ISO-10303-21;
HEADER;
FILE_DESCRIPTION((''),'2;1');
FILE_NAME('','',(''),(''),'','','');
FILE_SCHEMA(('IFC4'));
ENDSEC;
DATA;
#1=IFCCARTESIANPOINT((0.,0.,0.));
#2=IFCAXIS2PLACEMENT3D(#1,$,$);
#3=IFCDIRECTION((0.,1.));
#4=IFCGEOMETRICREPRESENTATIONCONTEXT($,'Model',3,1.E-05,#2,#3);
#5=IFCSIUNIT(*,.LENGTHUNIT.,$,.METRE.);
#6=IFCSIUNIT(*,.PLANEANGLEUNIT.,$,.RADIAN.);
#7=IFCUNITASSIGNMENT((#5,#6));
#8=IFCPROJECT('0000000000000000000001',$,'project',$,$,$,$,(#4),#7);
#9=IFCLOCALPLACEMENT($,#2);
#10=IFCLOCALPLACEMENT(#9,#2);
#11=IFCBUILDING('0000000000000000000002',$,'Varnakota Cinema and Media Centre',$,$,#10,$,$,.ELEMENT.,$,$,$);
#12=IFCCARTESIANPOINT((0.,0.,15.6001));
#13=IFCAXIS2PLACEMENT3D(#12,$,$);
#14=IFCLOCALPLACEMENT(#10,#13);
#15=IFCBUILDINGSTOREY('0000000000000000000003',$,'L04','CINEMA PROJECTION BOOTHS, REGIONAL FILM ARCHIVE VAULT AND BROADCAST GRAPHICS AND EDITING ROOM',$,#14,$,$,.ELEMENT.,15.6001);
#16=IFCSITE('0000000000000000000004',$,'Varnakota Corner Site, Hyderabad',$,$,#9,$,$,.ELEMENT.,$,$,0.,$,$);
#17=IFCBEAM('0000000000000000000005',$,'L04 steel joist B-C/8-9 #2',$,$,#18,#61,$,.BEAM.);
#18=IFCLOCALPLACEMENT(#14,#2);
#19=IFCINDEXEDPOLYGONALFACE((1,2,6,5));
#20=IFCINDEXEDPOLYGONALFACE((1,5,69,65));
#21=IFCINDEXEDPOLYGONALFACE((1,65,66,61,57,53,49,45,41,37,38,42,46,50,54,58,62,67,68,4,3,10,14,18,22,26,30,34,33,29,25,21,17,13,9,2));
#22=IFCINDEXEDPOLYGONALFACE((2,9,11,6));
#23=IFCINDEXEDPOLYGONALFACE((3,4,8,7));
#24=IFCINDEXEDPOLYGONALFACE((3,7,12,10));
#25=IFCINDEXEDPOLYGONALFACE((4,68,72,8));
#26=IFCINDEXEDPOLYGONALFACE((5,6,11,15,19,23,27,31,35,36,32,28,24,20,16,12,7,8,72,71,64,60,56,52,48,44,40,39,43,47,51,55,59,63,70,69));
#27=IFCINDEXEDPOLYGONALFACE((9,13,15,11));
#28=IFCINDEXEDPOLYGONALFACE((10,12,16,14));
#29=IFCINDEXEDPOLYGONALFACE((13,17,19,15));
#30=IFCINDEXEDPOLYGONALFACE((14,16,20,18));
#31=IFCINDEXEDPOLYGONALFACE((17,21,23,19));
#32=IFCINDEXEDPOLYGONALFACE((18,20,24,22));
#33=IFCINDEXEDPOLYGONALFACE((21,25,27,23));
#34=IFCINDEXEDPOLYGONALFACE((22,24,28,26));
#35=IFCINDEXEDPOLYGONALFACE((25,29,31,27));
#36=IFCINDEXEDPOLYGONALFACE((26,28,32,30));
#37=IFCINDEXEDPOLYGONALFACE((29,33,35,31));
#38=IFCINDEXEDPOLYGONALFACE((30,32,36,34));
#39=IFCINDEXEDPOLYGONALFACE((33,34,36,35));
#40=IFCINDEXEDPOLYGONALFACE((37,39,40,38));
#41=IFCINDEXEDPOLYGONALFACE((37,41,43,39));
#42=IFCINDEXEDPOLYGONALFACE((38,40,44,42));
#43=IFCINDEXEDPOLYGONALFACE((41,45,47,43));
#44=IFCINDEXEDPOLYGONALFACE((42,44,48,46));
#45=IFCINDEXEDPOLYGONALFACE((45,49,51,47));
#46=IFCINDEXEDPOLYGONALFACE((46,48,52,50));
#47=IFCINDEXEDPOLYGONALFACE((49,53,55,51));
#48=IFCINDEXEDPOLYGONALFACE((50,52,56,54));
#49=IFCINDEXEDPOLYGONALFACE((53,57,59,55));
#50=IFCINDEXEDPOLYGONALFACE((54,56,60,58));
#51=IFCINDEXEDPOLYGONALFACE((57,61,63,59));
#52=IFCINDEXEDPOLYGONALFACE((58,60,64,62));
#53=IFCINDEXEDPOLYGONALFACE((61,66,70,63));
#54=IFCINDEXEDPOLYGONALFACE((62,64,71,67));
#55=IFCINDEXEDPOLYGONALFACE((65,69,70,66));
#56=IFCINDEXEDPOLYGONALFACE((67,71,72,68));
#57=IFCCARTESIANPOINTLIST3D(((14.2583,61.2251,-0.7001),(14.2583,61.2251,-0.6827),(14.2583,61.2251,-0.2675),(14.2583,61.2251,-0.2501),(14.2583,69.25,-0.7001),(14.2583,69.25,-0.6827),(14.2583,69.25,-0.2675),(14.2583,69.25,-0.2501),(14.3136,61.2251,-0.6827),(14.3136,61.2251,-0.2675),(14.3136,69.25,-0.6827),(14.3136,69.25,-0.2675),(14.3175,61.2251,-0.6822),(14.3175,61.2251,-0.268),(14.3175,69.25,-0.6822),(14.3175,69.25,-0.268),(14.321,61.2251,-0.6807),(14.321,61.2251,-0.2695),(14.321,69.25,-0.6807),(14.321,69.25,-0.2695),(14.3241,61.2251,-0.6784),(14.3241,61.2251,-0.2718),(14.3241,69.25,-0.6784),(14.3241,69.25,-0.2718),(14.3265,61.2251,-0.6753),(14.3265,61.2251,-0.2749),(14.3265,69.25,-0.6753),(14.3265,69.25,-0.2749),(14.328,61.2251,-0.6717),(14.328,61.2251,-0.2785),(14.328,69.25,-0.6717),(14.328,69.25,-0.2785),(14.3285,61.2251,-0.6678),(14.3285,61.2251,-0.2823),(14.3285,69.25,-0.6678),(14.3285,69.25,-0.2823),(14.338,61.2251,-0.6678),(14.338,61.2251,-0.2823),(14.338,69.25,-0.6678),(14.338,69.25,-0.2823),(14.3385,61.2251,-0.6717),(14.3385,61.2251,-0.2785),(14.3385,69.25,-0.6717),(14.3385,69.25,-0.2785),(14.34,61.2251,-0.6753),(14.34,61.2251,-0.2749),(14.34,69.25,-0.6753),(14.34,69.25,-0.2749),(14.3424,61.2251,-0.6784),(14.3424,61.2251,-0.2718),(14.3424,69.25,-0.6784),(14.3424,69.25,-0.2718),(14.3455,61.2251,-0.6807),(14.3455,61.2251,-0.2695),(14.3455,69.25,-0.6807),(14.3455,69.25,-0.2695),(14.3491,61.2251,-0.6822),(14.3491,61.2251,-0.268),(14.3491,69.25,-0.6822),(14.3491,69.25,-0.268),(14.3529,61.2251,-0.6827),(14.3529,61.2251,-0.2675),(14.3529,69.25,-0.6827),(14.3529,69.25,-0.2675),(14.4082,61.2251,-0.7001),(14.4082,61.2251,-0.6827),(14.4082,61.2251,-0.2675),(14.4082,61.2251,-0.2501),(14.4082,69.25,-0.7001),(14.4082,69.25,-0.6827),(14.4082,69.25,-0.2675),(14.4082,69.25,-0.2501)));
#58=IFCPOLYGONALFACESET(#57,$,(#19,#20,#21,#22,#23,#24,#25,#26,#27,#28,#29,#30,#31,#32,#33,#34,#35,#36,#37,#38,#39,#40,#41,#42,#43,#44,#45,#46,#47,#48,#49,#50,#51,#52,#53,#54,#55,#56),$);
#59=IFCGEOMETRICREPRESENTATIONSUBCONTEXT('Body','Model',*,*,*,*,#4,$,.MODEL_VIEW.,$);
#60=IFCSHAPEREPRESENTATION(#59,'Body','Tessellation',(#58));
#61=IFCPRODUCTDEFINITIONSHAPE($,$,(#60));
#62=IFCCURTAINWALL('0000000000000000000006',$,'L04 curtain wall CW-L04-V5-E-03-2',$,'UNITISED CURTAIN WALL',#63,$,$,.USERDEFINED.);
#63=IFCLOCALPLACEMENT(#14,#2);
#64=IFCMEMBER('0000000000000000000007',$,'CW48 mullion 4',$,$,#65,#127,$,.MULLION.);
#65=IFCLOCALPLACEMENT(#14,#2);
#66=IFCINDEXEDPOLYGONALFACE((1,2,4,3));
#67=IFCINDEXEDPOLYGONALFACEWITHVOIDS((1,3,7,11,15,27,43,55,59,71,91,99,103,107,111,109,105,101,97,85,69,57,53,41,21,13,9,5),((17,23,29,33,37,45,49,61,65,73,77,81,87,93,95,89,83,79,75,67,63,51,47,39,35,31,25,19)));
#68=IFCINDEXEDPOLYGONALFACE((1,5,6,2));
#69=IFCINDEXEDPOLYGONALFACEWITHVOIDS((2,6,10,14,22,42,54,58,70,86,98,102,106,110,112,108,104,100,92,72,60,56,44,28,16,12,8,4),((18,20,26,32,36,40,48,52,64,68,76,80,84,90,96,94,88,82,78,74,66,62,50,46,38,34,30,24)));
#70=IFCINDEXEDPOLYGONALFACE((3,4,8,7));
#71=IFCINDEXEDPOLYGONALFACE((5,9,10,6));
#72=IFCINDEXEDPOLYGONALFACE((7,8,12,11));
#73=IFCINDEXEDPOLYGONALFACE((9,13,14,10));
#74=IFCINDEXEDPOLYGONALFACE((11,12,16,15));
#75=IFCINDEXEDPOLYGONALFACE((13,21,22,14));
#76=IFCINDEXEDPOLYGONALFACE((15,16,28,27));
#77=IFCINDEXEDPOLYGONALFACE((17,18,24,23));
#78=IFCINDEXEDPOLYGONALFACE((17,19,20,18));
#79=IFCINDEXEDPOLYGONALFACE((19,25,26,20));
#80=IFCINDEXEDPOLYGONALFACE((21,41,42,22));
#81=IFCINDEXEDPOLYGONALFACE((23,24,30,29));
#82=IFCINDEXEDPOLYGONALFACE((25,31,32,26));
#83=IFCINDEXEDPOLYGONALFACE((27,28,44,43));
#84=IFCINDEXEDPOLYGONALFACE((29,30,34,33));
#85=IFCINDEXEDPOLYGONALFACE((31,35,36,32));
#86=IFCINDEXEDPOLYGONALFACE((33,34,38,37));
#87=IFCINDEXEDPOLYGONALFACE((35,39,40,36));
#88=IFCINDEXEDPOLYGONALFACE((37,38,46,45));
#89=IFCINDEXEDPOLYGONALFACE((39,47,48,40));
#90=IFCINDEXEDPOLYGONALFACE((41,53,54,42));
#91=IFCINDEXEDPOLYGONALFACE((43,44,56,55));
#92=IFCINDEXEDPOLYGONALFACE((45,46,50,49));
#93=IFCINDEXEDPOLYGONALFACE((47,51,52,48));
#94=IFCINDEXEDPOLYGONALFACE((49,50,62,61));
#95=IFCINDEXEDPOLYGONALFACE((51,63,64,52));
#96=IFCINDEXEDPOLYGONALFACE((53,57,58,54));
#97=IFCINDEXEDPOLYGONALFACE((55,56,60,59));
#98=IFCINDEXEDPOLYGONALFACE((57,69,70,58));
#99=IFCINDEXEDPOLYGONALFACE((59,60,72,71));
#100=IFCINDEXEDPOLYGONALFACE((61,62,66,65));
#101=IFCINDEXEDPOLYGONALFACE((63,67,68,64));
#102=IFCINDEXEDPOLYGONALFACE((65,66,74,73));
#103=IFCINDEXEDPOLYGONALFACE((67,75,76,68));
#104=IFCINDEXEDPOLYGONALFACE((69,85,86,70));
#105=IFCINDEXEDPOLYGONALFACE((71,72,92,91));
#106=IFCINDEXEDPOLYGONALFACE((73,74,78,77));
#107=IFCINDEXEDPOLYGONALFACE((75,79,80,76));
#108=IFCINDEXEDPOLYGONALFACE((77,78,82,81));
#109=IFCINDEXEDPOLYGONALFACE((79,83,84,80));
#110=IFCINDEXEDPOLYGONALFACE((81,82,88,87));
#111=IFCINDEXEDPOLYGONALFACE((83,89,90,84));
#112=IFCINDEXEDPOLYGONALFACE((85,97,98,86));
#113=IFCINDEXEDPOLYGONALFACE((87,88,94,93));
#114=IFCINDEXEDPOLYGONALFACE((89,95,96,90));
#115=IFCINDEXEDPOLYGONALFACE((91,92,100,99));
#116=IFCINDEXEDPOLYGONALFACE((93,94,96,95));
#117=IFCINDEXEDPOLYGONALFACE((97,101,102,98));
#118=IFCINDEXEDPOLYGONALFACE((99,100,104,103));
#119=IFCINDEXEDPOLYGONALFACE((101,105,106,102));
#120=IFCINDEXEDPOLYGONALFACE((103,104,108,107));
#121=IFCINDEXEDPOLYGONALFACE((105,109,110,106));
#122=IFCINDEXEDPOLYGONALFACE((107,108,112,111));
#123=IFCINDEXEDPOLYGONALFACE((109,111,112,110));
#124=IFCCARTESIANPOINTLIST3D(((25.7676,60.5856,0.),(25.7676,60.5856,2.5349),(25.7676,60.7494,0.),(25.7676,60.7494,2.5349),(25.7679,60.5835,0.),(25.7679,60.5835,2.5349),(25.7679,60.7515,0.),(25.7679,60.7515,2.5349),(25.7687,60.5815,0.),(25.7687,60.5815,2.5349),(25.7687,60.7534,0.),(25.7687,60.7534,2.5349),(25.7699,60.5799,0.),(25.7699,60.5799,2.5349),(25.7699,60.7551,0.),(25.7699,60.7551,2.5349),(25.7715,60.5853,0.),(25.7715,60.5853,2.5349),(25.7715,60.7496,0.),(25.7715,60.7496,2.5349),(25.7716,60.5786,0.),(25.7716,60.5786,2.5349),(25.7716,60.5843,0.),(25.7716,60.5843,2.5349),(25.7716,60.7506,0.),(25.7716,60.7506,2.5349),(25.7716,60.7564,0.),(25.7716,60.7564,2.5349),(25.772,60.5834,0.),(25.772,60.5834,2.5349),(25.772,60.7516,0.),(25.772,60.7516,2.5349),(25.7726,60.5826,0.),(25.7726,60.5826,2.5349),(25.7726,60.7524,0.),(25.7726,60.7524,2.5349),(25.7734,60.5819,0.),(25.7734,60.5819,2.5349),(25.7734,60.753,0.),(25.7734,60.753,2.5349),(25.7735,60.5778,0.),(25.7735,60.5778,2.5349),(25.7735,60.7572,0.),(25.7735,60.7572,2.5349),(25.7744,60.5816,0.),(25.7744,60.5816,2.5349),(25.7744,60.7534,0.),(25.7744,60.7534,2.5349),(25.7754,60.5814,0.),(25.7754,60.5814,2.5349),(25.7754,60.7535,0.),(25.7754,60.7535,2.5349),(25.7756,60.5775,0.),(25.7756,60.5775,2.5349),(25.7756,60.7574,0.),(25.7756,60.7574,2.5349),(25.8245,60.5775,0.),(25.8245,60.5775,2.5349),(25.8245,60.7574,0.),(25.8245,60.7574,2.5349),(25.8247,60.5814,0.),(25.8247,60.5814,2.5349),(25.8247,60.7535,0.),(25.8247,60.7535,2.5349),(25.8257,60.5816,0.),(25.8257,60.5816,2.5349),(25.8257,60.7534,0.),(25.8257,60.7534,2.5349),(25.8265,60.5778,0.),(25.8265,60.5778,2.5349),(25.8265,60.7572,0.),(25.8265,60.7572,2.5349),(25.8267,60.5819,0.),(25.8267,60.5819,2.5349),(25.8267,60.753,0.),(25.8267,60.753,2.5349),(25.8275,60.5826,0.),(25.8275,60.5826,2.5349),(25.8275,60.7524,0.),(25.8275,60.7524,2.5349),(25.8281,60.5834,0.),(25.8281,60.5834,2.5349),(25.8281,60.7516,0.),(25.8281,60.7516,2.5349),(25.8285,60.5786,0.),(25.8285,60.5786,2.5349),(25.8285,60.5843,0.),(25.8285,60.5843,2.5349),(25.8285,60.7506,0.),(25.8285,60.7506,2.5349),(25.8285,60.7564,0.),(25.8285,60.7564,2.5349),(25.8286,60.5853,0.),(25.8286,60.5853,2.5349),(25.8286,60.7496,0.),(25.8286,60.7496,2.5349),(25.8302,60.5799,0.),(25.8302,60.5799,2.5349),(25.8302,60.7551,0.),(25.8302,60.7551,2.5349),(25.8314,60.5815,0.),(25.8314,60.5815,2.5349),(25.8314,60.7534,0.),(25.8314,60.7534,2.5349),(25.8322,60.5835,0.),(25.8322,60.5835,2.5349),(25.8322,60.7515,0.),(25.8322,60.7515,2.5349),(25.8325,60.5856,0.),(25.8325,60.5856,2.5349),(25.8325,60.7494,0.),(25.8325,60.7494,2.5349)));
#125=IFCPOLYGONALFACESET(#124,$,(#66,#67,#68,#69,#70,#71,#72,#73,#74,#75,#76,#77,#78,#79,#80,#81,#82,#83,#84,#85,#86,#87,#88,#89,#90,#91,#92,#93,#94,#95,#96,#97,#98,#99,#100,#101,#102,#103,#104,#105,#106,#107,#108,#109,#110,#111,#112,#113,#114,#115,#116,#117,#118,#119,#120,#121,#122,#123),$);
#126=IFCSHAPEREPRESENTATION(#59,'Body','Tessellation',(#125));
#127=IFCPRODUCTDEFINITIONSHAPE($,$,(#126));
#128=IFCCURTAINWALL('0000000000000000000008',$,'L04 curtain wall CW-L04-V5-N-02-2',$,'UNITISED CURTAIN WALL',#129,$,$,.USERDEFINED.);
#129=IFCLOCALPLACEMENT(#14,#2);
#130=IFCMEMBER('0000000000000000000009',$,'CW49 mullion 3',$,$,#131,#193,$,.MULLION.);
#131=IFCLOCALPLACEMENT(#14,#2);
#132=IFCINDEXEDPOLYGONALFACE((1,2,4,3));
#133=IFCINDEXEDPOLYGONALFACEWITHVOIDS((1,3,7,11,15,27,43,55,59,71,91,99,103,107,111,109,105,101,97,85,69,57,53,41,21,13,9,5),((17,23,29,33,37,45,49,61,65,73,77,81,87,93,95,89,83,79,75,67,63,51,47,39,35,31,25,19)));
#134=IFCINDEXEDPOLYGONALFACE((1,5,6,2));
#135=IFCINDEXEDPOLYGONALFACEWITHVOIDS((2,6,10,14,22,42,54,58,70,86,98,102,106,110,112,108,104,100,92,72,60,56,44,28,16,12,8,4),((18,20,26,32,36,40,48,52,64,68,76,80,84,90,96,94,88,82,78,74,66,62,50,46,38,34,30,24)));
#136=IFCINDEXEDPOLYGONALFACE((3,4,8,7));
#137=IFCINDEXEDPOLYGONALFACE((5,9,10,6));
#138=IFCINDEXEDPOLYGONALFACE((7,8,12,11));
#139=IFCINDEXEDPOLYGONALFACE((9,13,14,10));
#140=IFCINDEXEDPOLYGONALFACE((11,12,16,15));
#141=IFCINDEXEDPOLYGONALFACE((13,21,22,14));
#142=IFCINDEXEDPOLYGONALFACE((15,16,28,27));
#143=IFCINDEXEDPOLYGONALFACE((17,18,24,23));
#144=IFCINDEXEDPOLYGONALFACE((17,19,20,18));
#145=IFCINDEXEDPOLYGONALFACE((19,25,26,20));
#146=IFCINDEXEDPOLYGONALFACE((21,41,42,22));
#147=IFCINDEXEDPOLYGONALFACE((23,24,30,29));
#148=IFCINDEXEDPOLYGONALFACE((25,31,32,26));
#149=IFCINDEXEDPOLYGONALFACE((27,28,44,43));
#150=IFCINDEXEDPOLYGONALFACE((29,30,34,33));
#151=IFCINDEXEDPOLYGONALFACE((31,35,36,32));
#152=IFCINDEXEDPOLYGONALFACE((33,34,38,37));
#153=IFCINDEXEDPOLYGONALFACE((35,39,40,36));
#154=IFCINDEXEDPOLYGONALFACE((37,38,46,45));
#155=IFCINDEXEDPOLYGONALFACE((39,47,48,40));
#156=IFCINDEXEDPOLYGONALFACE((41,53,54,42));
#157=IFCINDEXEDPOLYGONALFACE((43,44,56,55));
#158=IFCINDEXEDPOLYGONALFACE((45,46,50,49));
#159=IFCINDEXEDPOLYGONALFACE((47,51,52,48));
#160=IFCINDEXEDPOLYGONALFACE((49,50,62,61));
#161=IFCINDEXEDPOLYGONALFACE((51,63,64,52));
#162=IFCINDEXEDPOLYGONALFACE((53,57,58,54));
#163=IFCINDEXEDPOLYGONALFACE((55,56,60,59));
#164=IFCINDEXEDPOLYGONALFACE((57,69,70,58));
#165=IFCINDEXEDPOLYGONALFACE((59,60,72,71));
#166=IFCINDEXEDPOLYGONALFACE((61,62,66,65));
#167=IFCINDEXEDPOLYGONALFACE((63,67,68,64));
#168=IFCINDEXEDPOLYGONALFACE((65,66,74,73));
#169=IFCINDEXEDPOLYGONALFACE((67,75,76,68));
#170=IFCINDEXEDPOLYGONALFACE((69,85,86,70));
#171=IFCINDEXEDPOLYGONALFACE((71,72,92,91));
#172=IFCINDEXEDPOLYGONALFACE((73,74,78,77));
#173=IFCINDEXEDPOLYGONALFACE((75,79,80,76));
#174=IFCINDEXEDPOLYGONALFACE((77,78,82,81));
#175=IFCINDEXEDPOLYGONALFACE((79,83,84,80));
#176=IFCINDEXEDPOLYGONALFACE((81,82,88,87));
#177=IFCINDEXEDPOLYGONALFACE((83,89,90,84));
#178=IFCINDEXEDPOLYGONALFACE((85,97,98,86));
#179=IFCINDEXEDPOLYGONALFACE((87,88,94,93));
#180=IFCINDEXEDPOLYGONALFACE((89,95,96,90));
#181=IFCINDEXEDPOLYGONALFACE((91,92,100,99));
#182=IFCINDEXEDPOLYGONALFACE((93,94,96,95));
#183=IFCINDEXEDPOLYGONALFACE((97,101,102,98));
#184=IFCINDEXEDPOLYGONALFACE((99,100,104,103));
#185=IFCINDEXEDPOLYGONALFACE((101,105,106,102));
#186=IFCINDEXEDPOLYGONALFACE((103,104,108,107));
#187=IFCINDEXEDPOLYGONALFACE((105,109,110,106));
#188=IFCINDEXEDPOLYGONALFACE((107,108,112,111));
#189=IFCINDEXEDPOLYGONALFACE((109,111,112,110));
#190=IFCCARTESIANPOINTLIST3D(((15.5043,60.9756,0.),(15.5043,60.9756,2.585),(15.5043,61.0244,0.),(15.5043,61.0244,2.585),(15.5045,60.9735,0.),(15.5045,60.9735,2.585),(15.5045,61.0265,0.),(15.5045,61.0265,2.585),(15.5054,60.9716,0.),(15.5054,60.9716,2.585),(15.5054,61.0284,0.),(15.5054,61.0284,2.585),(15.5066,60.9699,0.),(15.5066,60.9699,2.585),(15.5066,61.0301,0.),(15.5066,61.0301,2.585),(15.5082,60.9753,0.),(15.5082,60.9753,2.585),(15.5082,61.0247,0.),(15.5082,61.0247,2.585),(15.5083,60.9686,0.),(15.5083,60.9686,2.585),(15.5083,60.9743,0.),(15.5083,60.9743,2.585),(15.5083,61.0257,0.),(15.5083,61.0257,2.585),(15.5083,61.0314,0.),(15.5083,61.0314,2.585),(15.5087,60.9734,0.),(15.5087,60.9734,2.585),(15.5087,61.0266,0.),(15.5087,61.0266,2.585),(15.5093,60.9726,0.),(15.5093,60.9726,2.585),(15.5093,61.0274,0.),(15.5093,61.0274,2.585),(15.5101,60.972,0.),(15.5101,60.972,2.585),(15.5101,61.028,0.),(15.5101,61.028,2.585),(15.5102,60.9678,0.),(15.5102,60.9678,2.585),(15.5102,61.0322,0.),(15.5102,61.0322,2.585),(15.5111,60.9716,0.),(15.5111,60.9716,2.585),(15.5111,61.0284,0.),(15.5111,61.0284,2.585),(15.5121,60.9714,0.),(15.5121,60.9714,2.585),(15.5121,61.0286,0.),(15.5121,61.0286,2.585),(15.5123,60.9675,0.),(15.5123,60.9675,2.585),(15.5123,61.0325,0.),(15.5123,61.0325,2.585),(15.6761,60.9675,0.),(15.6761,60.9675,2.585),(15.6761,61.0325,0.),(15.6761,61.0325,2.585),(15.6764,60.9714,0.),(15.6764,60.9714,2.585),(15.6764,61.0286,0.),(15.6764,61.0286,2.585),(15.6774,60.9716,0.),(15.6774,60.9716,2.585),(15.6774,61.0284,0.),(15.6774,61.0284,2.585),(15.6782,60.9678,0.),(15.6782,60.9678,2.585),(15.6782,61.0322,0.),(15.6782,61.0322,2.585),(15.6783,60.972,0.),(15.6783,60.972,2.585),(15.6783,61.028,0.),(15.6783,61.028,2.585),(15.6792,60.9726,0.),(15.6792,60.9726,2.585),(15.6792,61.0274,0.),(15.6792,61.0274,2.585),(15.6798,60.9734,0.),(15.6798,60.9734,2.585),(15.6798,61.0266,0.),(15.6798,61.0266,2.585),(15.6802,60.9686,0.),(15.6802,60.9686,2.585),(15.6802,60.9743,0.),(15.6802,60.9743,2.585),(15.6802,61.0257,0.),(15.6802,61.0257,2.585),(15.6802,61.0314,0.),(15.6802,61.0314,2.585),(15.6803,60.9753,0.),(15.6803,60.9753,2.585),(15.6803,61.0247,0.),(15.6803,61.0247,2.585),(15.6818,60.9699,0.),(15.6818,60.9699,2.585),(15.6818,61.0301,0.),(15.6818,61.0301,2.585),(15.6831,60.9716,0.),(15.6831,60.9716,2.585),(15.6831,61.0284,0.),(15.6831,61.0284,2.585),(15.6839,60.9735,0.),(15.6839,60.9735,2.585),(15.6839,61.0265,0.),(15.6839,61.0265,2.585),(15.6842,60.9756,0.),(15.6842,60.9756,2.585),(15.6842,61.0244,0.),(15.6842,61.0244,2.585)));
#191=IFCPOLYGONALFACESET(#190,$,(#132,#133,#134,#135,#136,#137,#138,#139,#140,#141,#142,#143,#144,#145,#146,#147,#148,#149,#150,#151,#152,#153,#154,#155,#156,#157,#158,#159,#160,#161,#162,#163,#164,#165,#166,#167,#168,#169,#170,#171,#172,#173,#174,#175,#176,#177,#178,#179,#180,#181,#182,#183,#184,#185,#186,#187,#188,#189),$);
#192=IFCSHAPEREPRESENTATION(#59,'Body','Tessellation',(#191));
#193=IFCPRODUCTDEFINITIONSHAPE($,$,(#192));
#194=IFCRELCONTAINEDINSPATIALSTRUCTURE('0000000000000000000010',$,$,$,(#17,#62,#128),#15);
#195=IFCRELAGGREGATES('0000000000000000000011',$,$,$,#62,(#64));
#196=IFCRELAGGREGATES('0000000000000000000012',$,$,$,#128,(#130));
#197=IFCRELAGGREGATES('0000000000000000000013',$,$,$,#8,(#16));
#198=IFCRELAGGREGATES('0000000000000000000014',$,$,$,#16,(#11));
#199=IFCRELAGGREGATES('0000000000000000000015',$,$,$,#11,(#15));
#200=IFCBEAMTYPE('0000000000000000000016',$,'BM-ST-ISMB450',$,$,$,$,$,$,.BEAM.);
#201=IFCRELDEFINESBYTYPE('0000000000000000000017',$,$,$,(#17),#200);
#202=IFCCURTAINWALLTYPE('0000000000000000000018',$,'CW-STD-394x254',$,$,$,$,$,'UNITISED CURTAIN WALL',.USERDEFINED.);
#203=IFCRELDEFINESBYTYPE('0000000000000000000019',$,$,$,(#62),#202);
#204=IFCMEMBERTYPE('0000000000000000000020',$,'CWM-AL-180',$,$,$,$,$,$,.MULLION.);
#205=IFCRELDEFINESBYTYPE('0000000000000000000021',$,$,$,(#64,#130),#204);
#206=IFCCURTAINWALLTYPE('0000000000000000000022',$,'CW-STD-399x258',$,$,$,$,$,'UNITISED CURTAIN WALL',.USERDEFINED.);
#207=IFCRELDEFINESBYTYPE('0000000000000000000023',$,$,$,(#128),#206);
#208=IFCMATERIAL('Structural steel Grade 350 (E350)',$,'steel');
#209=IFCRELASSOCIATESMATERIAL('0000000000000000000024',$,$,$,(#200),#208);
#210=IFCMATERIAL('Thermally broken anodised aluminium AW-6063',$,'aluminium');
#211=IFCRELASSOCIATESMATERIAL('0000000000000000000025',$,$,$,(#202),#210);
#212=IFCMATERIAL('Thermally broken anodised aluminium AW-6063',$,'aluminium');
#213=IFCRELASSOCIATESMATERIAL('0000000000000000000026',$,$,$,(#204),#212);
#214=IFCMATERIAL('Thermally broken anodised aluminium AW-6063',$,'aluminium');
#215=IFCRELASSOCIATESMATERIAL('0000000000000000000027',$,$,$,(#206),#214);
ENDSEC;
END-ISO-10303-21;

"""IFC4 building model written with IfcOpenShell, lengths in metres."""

from ifc_helpers import new_model, si_unit, direction, frame, origin, origin_2d, place, context, subcontext, project, spatial, hollow_rectangle, i_section, extrude, material, material_profile, profile_set, type_object, element, aggregate, save


model = new_model("IFC4")

# Units and contexts
model_context = context("Model", 3, precision=1e-05, world=origin(), true_north=direction((0.0, 1.0)))
body_context = subcontext(model_context, "Body", "Model", "MODEL_VIEW")
ifc_project = project(units=[si_unit("LENGTHUNIT", "METRE"), si_unit("PLANEANGLEUNIT", "RADIAN")], contexts=[model_context])

# Site, building, storey
site_placement = place(None, origin())
site = spatial("IfcSite", under=ifc_project, at=site_placement, Name="Varnakota Corner Site, Hyderabad", CompositionType="ELEMENT", RefElevation=0.0)
building_placement = place(site_placement, origin())
building = spatial("IfcBuilding", under=site, at=building_placement, Name="Varnakota Cinema and Media Centre", CompositionType="ELEMENT")
storey_placement = place(building_placement, frame((0.0, 0.0, 15.6001)))
storey = spatial("IfcBuildingStorey", under=building, at=storey_placement, Name="L04", Description="CINEMA PROJECTION BOOTHS, REGIONAL FILM ARCHIVE VAULT AND BROADCAST GRAPHICS AND EDITING ROOM", CompositionType="ELEMENT", Elevation=15.6001)

# Beam
ifc_material_1 = material(Name="Structural steel Grade 350 (E350)", Category="steel")
ifc_material_profile_1 = material_profile(ifc_material_1, i_section(OverallWidth=0.1499, OverallDepth=0.45, WebThickness=0.0095, FlangeThickness=0.0173, FilletRadius=0.0149, at=origin_2d()), Name="ISMB 450")
ifc_profile_set_1 = profile_set([ifc_material_profile_1], Name="Structural steel Grade 350 (E350)")
beam_type_1 = type_object("IfcBeamType", Name="BM-ST-ISMB450", PredefinedType="BEAM", material=ifc_profile_set_1)
beam_1_placement = place(storey_placement, frame((14.3333, 61.2251, -0.4751), z_axis=(0.0, 1.0, 0.0), x_axis=(-1.0, 0.0, 0.0)))
element("IfcBeam", 1, at=beam_1_placement, inside=storey, type_object=beam_type_1, Name="L04 steel joist B-C/8-9 #2", PredefinedType="BEAM", context=body_context, shape_type="SweptSolid", body=[
    extrude(i_section(OverallWidth=0.1499, OverallDepth=0.45, WebThickness=0.0095, FlangeThickness=0.0173, FilletRadius=0.0149, at=origin_2d()), origin(), (0.0, 0.0, 1.0), 8.0249),
])

# Curtain wall, member
ifc_material_2 = material(Name="Thermally broken anodised aluminium AW-6063", Category="aluminium")
curtain_wall_type_1 = type_object("IfcCurtainWallType", Name="CW-STD-394x254", ElementType="UNITISED CURTAIN WALL", PredefinedType="USERDEFINED", material=ifc_material_2)
curtain_wall_1_placement = place(storey_placement, origin())
curtain_wall_1 = element("IfcCurtainWall", 2, at=curtain_wall_1_placement, inside=storey, type_object=curtain_wall_type_1, Name="L04 curtain wall CW-L04-V5-E-03-2", ObjectType="UNITISED CURTAIN WALL", PredefinedType="USERDEFINED")
ifc_material_3 = material(Name="Thermally broken anodised aluminium AW-6063", Category="aluminium")
ifc_material_profile_2 = material_profile(ifc_material_3, hollow_rectangle(XDim=0.0649, YDim=0.1799, WallThickness=0.0039, InnerFilletRadius=0.0039, OuterFilletRadius=0.0081, at=origin_2d()), Name="AL-MULLION 180x65x4")
ifc_profile_set_2 = profile_set([ifc_material_profile_2], Name="Thermally broken anodised aluminium AW-6063")
member_type_1 = type_object("IfcMemberType", Name="CWM-AL-180", PredefinedType="MULLION", material=ifc_profile_set_2)
member_1_placement = place(storey_placement, frame((25.8, 60.6675, 0.0), z_axis=(0.0, 0.0, 1.0), x_axis=(-1.0, 0.0, 0.0)))
member_1 = element("IfcMember", 3, at=member_1_placement, type_object=member_type_1, Name="CW48 mullion 4", PredefinedType="MULLION", context=body_context, shape_type="SweptSolid", body=[
    extrude(hollow_rectangle(XDim=0.0649, YDim=0.1799, WallThickness=0.0039, InnerFilletRadius=0.0039, OuterFilletRadius=0.0081, at=origin_2d()), origin(), (0.0, 0.0, 1.0), 2.5349),
])
aggregate(curtain_wall_1, [member_1])

# Curtain wall, member
ifc_material_4 = material(Name="Thermally broken anodised aluminium AW-6063", Category="aluminium")
curtain_wall_type_2 = type_object("IfcCurtainWallType", Name="CW-STD-399x258", ElementType="UNITISED CURTAIN WALL", PredefinedType="USERDEFINED", material=ifc_material_4)
curtain_wall_2_placement = place(storey_placement, origin())
curtain_wall_2 = element("IfcCurtainWall", 4, at=curtain_wall_2_placement, inside=storey, type_object=curtain_wall_type_2, Name="L04 curtain wall CW-L04-V5-N-02-2", ObjectType="UNITISED CURTAIN WALL", PredefinedType="USERDEFINED")
member_2_placement = place(storey_placement, frame((15.5942, 61.0, 0.0), z_axis=(0.0, 0.0, 1.0), x_axis=(0.0, 1.0, 0.0)))
member_2 = element("IfcMember", 5, at=member_2_placement, type_object=member_type_1, Name="CW49 mullion 3", PredefinedType="MULLION", context=body_context, shape_type="SweptSolid", body=[
    extrude(hollow_rectangle(XDim=0.0649, YDim=0.1799, WallThickness=0.0039, InnerFilletRadius=0.0039, OuterFilletRadius=0.0081, at=origin_2d()), origin(), (0.0, 0.0, 1.0), 2.585),
])
aggregate(curtain_wall_2, [member_2])

save(model, "model.ifc")
